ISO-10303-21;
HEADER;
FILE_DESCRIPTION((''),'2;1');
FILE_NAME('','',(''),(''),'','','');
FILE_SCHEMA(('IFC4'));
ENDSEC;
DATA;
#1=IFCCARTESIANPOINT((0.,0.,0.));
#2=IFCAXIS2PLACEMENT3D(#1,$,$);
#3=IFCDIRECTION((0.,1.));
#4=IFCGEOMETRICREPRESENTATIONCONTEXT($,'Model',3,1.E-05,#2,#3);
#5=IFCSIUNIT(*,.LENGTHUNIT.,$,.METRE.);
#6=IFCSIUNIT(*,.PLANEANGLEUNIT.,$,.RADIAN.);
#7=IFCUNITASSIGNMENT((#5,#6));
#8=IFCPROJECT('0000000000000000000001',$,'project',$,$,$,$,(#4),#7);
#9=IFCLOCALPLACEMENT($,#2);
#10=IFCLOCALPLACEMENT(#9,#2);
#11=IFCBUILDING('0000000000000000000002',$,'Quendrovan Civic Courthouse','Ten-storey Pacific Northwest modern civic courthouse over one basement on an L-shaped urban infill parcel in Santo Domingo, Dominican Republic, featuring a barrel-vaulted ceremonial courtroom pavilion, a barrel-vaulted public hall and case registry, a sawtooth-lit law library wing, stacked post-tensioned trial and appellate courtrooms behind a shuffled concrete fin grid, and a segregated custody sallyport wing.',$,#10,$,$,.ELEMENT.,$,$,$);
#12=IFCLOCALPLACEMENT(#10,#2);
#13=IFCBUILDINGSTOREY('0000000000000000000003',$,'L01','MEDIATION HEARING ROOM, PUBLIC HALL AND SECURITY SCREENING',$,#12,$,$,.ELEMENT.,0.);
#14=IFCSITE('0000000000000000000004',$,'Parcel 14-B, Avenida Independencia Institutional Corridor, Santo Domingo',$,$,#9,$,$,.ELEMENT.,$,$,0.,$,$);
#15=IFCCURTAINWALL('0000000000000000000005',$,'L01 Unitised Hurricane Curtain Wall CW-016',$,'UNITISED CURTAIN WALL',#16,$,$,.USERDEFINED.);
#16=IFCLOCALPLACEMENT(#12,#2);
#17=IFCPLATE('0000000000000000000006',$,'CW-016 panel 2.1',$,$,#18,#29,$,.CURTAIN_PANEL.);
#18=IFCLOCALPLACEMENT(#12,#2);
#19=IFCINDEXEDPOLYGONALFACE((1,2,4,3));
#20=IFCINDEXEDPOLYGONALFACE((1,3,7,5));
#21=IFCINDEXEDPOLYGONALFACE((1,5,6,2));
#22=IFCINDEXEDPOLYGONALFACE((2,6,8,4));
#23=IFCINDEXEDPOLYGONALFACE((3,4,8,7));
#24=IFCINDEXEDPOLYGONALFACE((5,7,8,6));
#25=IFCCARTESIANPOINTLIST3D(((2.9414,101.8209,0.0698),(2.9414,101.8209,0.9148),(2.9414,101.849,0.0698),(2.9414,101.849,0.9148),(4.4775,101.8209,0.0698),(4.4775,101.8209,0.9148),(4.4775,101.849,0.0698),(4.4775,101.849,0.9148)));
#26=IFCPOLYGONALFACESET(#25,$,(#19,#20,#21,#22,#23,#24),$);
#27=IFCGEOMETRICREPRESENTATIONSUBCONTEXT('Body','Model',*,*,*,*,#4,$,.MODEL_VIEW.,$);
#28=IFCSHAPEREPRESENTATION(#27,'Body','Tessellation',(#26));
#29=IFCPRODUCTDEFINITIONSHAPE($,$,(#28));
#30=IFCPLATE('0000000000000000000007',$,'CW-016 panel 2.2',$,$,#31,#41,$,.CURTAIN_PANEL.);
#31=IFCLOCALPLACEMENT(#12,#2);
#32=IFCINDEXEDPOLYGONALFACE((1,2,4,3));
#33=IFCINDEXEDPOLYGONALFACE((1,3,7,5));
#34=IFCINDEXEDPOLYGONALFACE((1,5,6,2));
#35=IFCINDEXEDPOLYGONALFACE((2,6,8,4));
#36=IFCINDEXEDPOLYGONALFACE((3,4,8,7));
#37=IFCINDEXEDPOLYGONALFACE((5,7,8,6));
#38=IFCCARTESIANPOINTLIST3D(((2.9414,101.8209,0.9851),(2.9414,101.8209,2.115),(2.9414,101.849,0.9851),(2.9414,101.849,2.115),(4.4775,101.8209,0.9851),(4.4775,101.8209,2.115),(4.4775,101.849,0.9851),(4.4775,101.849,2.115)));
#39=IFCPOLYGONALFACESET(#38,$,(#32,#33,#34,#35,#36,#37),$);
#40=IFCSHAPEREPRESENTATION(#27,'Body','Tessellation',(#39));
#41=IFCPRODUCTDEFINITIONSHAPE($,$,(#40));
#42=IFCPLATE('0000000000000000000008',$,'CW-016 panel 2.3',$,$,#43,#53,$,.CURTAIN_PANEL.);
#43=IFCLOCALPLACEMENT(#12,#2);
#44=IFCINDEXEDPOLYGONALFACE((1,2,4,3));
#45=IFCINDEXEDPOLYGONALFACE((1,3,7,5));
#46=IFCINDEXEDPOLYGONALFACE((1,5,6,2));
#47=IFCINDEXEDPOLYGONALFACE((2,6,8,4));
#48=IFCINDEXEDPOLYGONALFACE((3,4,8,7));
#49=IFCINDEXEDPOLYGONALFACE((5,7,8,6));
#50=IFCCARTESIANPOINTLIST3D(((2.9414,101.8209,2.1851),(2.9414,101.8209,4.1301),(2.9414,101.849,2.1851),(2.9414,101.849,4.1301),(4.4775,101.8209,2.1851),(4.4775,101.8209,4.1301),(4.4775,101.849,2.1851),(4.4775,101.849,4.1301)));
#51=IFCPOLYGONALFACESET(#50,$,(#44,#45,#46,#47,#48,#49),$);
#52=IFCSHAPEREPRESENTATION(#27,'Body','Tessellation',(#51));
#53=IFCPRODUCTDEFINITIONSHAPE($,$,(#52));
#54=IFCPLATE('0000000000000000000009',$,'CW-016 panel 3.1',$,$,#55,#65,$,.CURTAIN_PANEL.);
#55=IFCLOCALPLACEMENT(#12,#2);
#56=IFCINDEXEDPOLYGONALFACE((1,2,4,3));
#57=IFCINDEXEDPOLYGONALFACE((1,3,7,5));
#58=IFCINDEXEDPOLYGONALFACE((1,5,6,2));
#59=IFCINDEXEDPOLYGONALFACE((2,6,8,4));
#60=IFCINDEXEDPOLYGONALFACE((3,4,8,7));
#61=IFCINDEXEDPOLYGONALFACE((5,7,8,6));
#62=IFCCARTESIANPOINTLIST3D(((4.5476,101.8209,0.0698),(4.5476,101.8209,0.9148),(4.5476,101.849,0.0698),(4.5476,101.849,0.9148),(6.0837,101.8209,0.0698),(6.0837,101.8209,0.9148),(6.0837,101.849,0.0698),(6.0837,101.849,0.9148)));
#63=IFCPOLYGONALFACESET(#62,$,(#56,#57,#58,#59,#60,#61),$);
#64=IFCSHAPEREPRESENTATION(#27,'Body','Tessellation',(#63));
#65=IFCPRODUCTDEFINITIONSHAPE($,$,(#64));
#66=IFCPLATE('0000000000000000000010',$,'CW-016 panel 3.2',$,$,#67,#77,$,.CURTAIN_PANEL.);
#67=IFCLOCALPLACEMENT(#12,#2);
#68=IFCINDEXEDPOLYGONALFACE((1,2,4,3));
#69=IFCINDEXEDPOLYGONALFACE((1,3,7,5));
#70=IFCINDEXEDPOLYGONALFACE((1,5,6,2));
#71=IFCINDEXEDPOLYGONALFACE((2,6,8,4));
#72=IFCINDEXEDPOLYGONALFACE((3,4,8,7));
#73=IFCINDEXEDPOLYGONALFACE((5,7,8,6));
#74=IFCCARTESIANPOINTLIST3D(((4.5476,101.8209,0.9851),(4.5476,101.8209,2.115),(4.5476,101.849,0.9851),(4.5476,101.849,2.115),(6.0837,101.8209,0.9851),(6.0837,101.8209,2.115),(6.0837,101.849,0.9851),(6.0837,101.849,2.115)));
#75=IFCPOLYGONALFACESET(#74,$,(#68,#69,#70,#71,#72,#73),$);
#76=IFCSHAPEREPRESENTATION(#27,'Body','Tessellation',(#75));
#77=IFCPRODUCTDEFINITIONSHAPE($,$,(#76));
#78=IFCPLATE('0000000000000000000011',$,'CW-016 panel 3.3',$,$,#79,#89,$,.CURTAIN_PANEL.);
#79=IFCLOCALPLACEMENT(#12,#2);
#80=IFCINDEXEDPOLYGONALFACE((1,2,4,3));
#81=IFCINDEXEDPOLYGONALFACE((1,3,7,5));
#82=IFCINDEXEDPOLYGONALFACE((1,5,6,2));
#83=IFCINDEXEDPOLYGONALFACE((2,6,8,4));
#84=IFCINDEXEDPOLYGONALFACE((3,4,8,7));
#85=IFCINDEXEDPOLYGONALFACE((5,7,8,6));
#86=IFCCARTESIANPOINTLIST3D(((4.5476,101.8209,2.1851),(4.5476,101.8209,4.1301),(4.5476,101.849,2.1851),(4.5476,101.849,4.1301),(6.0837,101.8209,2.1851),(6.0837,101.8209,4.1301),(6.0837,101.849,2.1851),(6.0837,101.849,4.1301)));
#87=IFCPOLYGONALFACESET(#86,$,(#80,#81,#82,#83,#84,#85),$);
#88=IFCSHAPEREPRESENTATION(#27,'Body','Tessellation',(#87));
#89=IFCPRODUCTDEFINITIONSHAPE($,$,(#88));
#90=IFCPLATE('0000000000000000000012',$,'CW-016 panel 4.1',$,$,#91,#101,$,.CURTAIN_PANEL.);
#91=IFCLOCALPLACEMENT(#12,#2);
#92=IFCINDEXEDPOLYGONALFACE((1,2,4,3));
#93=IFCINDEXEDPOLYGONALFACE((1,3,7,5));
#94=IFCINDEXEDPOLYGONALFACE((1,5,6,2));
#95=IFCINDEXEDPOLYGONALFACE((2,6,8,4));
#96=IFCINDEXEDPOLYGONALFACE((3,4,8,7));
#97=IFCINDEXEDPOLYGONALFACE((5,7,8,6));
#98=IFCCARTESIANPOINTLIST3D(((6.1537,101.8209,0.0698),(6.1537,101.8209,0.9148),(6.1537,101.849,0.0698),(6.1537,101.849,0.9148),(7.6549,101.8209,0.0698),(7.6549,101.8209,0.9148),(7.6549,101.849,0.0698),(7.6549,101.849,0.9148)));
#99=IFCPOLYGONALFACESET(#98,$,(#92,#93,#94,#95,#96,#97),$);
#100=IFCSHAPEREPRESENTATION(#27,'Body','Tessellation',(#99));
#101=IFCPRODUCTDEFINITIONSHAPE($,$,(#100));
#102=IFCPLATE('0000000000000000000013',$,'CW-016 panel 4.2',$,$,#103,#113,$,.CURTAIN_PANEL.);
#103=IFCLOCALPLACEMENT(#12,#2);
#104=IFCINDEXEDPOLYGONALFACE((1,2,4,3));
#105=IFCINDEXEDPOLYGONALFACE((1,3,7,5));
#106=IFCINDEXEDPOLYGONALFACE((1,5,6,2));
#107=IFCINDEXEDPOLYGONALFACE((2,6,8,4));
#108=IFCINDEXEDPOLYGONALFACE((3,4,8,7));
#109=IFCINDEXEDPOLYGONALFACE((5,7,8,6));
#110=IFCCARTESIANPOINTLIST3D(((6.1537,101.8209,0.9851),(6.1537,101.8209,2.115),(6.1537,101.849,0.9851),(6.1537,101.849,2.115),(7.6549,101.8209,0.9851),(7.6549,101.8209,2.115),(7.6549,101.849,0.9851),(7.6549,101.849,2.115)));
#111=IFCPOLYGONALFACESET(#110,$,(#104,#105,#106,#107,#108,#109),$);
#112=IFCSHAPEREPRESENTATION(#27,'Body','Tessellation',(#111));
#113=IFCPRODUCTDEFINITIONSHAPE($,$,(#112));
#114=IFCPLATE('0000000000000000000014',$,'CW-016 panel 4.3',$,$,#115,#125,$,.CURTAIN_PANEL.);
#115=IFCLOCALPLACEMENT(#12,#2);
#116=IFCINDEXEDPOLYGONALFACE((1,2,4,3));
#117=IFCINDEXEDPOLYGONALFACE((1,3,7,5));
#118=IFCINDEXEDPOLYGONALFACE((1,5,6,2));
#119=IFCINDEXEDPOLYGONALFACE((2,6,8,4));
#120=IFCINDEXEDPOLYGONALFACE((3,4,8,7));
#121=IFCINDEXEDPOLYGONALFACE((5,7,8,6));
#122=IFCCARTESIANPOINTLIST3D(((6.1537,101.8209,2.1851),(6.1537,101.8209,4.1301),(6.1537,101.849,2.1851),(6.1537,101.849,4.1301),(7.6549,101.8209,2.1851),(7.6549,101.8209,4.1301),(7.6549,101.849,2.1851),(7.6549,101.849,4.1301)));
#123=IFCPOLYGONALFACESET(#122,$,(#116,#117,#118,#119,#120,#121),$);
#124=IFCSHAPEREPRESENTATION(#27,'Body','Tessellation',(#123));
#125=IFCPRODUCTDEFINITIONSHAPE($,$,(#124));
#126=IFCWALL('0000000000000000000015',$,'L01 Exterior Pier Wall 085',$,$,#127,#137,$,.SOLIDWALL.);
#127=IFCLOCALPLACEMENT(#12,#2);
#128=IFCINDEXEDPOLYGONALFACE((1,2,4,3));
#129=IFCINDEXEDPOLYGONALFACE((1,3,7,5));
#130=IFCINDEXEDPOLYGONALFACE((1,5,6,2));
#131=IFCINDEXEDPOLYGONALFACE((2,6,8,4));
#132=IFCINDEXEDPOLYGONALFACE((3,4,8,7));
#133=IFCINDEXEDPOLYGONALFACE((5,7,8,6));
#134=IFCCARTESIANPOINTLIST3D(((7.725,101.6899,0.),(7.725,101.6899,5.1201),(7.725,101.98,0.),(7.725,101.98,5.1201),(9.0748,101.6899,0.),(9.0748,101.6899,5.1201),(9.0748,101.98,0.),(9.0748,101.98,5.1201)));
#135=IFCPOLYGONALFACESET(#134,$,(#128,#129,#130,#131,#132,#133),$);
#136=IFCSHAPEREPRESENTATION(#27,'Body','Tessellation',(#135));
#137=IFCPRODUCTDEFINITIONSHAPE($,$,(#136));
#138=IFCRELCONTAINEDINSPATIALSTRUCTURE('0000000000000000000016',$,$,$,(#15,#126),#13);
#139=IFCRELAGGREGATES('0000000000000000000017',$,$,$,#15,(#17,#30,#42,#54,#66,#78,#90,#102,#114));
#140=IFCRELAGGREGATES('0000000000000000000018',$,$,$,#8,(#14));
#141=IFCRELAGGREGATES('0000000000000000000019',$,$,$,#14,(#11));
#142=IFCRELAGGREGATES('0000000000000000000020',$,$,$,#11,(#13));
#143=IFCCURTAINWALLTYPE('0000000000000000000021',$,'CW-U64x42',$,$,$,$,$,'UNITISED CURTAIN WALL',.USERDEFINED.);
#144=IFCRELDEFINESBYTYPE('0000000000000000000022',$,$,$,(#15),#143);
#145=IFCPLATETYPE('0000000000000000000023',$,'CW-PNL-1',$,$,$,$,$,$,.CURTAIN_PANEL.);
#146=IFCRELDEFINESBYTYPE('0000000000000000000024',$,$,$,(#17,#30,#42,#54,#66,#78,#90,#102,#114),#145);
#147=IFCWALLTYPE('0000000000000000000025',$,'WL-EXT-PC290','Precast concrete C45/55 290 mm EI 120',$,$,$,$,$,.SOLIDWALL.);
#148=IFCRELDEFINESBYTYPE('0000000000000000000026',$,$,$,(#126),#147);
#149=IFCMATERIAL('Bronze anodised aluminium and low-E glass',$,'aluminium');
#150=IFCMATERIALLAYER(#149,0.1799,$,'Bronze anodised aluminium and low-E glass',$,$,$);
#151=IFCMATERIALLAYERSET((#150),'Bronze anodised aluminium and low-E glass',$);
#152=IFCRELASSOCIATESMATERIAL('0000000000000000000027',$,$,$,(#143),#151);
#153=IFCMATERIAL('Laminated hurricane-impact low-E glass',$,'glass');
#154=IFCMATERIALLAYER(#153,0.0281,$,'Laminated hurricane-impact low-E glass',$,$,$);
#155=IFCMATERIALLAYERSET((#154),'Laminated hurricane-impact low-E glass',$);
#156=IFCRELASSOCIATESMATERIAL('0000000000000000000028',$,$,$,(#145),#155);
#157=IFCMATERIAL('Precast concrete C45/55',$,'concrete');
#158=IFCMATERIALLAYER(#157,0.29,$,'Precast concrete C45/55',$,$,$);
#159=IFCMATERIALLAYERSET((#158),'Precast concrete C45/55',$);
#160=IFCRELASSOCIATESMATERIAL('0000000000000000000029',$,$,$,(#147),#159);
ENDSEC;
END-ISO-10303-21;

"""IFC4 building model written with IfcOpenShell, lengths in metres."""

from ifc_helpers import new_model, si_unit, direction, frame, frame_2d, origin, origin_2d, place, context, subcontext, project, spatial, rectangle, extrude, material, layer, layer_set, type_object, element, aggregate, save


model = new_model("IFC4")

# Units and contexts
model_context = context("Model", 3, precision=1e-05, world=origin(), true_north=direction((0.0, 1.0)))
body_context = subcontext(model_context, "Body", "Model", "MODEL_VIEW")
ifc_project = project(units=[si_unit("LENGTHUNIT", "METRE"), si_unit("PLANEANGLEUNIT", "RADIAN")], contexts=[model_context])

# Site, building, storey
site_placement = place(None, origin())
site = spatial("IfcSite", under=ifc_project, at=site_placement, Name="Parcel 14-B, Avenida Independencia Institutional Corridor, Santo Domingo", CompositionType="ELEMENT", RefElevation=0.0)
building_placement = place(site_placement, origin())
building = spatial("IfcBuilding", under=site, at=building_placement, Name="Quendrovan Civic Courthouse", Description="Ten-storey Pacific Northwest modern civic courthouse over one basement on an L-shaped urban infill parcel in Santo Domingo, Dominican Republic, featuring a barrel-vaulted ceremonial courtroom pavilion, a barrel-vaulted public hall and case registry, a sawtooth-lit law library wing, stacked post-tensioned trial and appellate courtrooms behind a shuffled concrete fin grid, and a segregated custody sallyport wing.", CompositionType="ELEMENT")
storey_placement = place(building_placement, origin())
storey = spatial("IfcBuildingStorey", under=building, at=storey_placement, Name="L01", Description="MEDIATION HEARING ROOM, PUBLIC HALL AND SECURITY SCREENING", CompositionType="ELEMENT", Elevation=0.0)

# Curtain wall, plates
ifc_material_1 = material(Name="Bronze anodised aluminium and low-E glass", Category="aluminium")
ifc_layer_1 = layer(ifc_material_1, 0.1799, Name="Bronze anodised aluminium and low-E glass")
ifc_layer_set_1 = layer_set([ifc_layer_1], Name="Bronze anodised aluminium and low-E glass")
curtain_wall_type = type_object("IfcCurtainWallType", Name="CW-U64x42", ElementType="UNITISED CURTAIN WALL", PredefinedType="USERDEFINED", material=ifc_layer_set_1)
curtain_wall_placement = place(storey_placement, origin())
curtain_wall = element("IfcCurtainWall", 1, at=curtain_wall_placement, inside=storey, type_object=curtain_wall_type, Name="L01 Unitised Hurricane Curtain Wall CW-016", ObjectType="UNITISED CURTAIN WALL", PredefinedType="USERDEFINED")
ifc_material_2 = material(Name="Laminated hurricane-impact low-E glass", Category="glass")
ifc_layer_2 = layer(ifc_material_2, 0.0281, Name="Laminated hurricane-impact low-E glass")
ifc_layer_set_2 = layer_set([ifc_layer_2], Name="Laminated hurricane-impact low-E glass")
plate_type = type_object("IfcPlateType", Name="CW-PNL-1", PredefinedType="CURTAIN_PANEL", material=ifc_layer_set_2)
plate_1_placement = place(storey_placement, frame((3.7095, 101.835, 0.0698), z_axis=(0.0, 0.0, 1.0), x_axis=(1.0, 0.0, 0.0)))
plate_1 = element("IfcPlate", 2, at=plate_1_placement, type_object=plate_type, Name="CW-016 panel 2.1", PredefinedType="CURTAIN_PANEL", context=body_context, shape_type="SweptSolid", body=[
    extrude(rectangle(XDim=1.5361, YDim=0.0281, at=origin_2d()), origin(), (0.0, 0.0, 1.0), 0.845),
])
plate_2_placement = place(storey_placement, frame((3.7095, 101.835, 0.9851), z_axis=(0.0, 0.0, 1.0), x_axis=(1.0, 0.0, 0.0)))
plate_2 = element("IfcPlate", 3, at=plate_2_placement, type_object=plate_type, Name="CW-016 panel 2.2", PredefinedType="CURTAIN_PANEL", context=body_context, shape_type="SweptSolid", body=[
    extrude(rectangle(XDim=1.5361, YDim=0.0281, at=origin_2d()), origin(), (0.0, 0.0, 1.0), 1.1299),
])
plate_3_placement = place(storey_placement, frame((3.7095, 101.835, 2.1851), z_axis=(0.0, 0.0, 1.0), x_axis=(1.0, 0.0, 0.0)))
plate_3 = element("IfcPlate", 4, at=plate_3_placement, type_object=plate_type, Name="CW-016 panel 2.3", PredefinedType="CURTAIN_PANEL", context=body_context, shape_type="SweptSolid", body=[
    extrude(rectangle(XDim=1.5361, YDim=0.0281, at=origin_2d()), origin(), (0.0, 0.0, 1.0), 1.9451),
])
plate_4_placement = place(storey_placement, frame((5.3157, 101.835, 0.0698), z_axis=(0.0, 0.0, 1.0), x_axis=(1.0, 0.0, 0.0)))
plate_4 = element("IfcPlate", 5, at=plate_4_placement, type_object=plate_type, Name="CW-016 panel 3.1", PredefinedType="CURTAIN_PANEL", context=body_context, shape_type="SweptSolid", body=[
    extrude(rectangle(XDim=1.5361, YDim=0.0281, at=origin_2d()), origin(), (0.0, 0.0, 1.0), 0.845),
])
plate_5_placement = place(storey_placement, frame((5.3157, 101.835, 0.9851), z_axis=(0.0, 0.0, 1.0), x_axis=(1.0, 0.0, 0.0)))
plate_5 = element("IfcPlate", 6, at=plate_5_placement, type_object=plate_type, Name="CW-016 panel 3.2", PredefinedType="CURTAIN_PANEL", context=body_context, shape_type="SweptSolid", body=[
    extrude(rectangle(XDim=1.5361, YDim=0.0281, at=origin_2d()), origin(), (0.0, 0.0, 1.0), 1.1299),
])
plate_6_placement = place(storey_placement, frame((5.3157, 101.835, 2.1851), z_axis=(0.0, 0.0, 1.0), x_axis=(1.0, 0.0, 0.0)))
plate_6 = element("IfcPlate", 7, at=plate_6_placement, type_object=plate_type, Name="CW-016 panel 3.3", PredefinedType="CURTAIN_PANEL", context=body_context, shape_type="SweptSolid", body=[
    extrude(rectangle(XDim=1.5361, YDim=0.0281, at=origin_2d()), origin(), (0.0, 0.0, 1.0), 1.9451),
])
plate_7_placement = place(storey_placement, frame((6.9043, 101.835, 0.0698), z_axis=(0.0, 0.0, 1.0), x_axis=(1.0, 0.0, 0.0)))
plate_7 = element("IfcPlate", 8, at=plate_7_placement, type_object=plate_type, Name="CW-016 panel 4.1", PredefinedType="CURTAIN_PANEL", context=body_context, shape_type="SweptSolid", body=[
    extrude(rectangle(XDim=1.5012, YDim=0.0281, at=origin_2d()), origin(), (0.0, 0.0, 1.0), 0.845),
])
plate_8_placement = place(storey_placement, frame((6.9043, 101.835, 0.9851), z_axis=(0.0, 0.0, 1.0), x_axis=(1.0, 0.0, 0.0)))
plate_8 = element("IfcPlate", 9, at=plate_8_placement, type_object=plate_type, Name="CW-016 panel 4.2", PredefinedType="CURTAIN_PANEL", context=body_context, shape_type="SweptSolid", body=[
    extrude(rectangle(XDim=1.5012, YDim=0.0281, at=origin_2d()), origin(), (0.0, 0.0, 1.0), 1.1299),
])
plate_9_placement = place(storey_placement, frame((6.9043, 101.835, 2.1851), z_axis=(0.0, 0.0, 1.0), x_axis=(1.0, 0.0, 0.0)))
plate_9 = element("IfcPlate", 10, at=plate_9_placement, type_object=plate_type, Name="CW-016 panel 4.3", PredefinedType="CURTAIN_PANEL", context=body_context, shape_type="SweptSolid", body=[
    extrude(rectangle(XDim=1.5012, YDim=0.0281, at=origin_2d()), origin(), (0.0, 0.0, 1.0), 1.9451),
])
aggregate(curtain_wall, [plate_1, plate_2, plate_3, plate_4, plate_5, plate_6, plate_7, plate_8, plate_9])

# Wall
ifc_material_3 = material(Name="Precast concrete C45/55", Category="concrete")
ifc_layer_3 = layer(ifc_material_3, 0.29, Name="Precast concrete C45/55")
ifc_layer_set_3 = layer_set([ifc_layer_3], Name="Precast concrete C45/55")
wall_type = type_object("IfcWallType", Name="WL-EXT-PC290", Description="Precast concrete C45/55 290 mm EI 120", PredefinedType="SOLIDWALL", material=ifc_layer_set_3)
wall_placement = place(storey_placement, frame((7.7251, 101.835, 0.0), z_axis=(0.0, 0.0, 1.0), x_axis=(1.0, 0.0, 0.0)))
element("IfcWall", 11, at=wall_placement, inside=storey, type_object=wall_type, Name="L01 Exterior Pier Wall 085", PredefinedType="SOLIDWALL", context=body_context, shape_type="SweptSolid", body=[
    extrude(rectangle(XDim=1.3499, YDim=0.29, at=frame_2d((0.6748, 0.0))), origin(), (0.0, 0.0, 1.0), 5.1201),
])

save(model, "model.ifc")
